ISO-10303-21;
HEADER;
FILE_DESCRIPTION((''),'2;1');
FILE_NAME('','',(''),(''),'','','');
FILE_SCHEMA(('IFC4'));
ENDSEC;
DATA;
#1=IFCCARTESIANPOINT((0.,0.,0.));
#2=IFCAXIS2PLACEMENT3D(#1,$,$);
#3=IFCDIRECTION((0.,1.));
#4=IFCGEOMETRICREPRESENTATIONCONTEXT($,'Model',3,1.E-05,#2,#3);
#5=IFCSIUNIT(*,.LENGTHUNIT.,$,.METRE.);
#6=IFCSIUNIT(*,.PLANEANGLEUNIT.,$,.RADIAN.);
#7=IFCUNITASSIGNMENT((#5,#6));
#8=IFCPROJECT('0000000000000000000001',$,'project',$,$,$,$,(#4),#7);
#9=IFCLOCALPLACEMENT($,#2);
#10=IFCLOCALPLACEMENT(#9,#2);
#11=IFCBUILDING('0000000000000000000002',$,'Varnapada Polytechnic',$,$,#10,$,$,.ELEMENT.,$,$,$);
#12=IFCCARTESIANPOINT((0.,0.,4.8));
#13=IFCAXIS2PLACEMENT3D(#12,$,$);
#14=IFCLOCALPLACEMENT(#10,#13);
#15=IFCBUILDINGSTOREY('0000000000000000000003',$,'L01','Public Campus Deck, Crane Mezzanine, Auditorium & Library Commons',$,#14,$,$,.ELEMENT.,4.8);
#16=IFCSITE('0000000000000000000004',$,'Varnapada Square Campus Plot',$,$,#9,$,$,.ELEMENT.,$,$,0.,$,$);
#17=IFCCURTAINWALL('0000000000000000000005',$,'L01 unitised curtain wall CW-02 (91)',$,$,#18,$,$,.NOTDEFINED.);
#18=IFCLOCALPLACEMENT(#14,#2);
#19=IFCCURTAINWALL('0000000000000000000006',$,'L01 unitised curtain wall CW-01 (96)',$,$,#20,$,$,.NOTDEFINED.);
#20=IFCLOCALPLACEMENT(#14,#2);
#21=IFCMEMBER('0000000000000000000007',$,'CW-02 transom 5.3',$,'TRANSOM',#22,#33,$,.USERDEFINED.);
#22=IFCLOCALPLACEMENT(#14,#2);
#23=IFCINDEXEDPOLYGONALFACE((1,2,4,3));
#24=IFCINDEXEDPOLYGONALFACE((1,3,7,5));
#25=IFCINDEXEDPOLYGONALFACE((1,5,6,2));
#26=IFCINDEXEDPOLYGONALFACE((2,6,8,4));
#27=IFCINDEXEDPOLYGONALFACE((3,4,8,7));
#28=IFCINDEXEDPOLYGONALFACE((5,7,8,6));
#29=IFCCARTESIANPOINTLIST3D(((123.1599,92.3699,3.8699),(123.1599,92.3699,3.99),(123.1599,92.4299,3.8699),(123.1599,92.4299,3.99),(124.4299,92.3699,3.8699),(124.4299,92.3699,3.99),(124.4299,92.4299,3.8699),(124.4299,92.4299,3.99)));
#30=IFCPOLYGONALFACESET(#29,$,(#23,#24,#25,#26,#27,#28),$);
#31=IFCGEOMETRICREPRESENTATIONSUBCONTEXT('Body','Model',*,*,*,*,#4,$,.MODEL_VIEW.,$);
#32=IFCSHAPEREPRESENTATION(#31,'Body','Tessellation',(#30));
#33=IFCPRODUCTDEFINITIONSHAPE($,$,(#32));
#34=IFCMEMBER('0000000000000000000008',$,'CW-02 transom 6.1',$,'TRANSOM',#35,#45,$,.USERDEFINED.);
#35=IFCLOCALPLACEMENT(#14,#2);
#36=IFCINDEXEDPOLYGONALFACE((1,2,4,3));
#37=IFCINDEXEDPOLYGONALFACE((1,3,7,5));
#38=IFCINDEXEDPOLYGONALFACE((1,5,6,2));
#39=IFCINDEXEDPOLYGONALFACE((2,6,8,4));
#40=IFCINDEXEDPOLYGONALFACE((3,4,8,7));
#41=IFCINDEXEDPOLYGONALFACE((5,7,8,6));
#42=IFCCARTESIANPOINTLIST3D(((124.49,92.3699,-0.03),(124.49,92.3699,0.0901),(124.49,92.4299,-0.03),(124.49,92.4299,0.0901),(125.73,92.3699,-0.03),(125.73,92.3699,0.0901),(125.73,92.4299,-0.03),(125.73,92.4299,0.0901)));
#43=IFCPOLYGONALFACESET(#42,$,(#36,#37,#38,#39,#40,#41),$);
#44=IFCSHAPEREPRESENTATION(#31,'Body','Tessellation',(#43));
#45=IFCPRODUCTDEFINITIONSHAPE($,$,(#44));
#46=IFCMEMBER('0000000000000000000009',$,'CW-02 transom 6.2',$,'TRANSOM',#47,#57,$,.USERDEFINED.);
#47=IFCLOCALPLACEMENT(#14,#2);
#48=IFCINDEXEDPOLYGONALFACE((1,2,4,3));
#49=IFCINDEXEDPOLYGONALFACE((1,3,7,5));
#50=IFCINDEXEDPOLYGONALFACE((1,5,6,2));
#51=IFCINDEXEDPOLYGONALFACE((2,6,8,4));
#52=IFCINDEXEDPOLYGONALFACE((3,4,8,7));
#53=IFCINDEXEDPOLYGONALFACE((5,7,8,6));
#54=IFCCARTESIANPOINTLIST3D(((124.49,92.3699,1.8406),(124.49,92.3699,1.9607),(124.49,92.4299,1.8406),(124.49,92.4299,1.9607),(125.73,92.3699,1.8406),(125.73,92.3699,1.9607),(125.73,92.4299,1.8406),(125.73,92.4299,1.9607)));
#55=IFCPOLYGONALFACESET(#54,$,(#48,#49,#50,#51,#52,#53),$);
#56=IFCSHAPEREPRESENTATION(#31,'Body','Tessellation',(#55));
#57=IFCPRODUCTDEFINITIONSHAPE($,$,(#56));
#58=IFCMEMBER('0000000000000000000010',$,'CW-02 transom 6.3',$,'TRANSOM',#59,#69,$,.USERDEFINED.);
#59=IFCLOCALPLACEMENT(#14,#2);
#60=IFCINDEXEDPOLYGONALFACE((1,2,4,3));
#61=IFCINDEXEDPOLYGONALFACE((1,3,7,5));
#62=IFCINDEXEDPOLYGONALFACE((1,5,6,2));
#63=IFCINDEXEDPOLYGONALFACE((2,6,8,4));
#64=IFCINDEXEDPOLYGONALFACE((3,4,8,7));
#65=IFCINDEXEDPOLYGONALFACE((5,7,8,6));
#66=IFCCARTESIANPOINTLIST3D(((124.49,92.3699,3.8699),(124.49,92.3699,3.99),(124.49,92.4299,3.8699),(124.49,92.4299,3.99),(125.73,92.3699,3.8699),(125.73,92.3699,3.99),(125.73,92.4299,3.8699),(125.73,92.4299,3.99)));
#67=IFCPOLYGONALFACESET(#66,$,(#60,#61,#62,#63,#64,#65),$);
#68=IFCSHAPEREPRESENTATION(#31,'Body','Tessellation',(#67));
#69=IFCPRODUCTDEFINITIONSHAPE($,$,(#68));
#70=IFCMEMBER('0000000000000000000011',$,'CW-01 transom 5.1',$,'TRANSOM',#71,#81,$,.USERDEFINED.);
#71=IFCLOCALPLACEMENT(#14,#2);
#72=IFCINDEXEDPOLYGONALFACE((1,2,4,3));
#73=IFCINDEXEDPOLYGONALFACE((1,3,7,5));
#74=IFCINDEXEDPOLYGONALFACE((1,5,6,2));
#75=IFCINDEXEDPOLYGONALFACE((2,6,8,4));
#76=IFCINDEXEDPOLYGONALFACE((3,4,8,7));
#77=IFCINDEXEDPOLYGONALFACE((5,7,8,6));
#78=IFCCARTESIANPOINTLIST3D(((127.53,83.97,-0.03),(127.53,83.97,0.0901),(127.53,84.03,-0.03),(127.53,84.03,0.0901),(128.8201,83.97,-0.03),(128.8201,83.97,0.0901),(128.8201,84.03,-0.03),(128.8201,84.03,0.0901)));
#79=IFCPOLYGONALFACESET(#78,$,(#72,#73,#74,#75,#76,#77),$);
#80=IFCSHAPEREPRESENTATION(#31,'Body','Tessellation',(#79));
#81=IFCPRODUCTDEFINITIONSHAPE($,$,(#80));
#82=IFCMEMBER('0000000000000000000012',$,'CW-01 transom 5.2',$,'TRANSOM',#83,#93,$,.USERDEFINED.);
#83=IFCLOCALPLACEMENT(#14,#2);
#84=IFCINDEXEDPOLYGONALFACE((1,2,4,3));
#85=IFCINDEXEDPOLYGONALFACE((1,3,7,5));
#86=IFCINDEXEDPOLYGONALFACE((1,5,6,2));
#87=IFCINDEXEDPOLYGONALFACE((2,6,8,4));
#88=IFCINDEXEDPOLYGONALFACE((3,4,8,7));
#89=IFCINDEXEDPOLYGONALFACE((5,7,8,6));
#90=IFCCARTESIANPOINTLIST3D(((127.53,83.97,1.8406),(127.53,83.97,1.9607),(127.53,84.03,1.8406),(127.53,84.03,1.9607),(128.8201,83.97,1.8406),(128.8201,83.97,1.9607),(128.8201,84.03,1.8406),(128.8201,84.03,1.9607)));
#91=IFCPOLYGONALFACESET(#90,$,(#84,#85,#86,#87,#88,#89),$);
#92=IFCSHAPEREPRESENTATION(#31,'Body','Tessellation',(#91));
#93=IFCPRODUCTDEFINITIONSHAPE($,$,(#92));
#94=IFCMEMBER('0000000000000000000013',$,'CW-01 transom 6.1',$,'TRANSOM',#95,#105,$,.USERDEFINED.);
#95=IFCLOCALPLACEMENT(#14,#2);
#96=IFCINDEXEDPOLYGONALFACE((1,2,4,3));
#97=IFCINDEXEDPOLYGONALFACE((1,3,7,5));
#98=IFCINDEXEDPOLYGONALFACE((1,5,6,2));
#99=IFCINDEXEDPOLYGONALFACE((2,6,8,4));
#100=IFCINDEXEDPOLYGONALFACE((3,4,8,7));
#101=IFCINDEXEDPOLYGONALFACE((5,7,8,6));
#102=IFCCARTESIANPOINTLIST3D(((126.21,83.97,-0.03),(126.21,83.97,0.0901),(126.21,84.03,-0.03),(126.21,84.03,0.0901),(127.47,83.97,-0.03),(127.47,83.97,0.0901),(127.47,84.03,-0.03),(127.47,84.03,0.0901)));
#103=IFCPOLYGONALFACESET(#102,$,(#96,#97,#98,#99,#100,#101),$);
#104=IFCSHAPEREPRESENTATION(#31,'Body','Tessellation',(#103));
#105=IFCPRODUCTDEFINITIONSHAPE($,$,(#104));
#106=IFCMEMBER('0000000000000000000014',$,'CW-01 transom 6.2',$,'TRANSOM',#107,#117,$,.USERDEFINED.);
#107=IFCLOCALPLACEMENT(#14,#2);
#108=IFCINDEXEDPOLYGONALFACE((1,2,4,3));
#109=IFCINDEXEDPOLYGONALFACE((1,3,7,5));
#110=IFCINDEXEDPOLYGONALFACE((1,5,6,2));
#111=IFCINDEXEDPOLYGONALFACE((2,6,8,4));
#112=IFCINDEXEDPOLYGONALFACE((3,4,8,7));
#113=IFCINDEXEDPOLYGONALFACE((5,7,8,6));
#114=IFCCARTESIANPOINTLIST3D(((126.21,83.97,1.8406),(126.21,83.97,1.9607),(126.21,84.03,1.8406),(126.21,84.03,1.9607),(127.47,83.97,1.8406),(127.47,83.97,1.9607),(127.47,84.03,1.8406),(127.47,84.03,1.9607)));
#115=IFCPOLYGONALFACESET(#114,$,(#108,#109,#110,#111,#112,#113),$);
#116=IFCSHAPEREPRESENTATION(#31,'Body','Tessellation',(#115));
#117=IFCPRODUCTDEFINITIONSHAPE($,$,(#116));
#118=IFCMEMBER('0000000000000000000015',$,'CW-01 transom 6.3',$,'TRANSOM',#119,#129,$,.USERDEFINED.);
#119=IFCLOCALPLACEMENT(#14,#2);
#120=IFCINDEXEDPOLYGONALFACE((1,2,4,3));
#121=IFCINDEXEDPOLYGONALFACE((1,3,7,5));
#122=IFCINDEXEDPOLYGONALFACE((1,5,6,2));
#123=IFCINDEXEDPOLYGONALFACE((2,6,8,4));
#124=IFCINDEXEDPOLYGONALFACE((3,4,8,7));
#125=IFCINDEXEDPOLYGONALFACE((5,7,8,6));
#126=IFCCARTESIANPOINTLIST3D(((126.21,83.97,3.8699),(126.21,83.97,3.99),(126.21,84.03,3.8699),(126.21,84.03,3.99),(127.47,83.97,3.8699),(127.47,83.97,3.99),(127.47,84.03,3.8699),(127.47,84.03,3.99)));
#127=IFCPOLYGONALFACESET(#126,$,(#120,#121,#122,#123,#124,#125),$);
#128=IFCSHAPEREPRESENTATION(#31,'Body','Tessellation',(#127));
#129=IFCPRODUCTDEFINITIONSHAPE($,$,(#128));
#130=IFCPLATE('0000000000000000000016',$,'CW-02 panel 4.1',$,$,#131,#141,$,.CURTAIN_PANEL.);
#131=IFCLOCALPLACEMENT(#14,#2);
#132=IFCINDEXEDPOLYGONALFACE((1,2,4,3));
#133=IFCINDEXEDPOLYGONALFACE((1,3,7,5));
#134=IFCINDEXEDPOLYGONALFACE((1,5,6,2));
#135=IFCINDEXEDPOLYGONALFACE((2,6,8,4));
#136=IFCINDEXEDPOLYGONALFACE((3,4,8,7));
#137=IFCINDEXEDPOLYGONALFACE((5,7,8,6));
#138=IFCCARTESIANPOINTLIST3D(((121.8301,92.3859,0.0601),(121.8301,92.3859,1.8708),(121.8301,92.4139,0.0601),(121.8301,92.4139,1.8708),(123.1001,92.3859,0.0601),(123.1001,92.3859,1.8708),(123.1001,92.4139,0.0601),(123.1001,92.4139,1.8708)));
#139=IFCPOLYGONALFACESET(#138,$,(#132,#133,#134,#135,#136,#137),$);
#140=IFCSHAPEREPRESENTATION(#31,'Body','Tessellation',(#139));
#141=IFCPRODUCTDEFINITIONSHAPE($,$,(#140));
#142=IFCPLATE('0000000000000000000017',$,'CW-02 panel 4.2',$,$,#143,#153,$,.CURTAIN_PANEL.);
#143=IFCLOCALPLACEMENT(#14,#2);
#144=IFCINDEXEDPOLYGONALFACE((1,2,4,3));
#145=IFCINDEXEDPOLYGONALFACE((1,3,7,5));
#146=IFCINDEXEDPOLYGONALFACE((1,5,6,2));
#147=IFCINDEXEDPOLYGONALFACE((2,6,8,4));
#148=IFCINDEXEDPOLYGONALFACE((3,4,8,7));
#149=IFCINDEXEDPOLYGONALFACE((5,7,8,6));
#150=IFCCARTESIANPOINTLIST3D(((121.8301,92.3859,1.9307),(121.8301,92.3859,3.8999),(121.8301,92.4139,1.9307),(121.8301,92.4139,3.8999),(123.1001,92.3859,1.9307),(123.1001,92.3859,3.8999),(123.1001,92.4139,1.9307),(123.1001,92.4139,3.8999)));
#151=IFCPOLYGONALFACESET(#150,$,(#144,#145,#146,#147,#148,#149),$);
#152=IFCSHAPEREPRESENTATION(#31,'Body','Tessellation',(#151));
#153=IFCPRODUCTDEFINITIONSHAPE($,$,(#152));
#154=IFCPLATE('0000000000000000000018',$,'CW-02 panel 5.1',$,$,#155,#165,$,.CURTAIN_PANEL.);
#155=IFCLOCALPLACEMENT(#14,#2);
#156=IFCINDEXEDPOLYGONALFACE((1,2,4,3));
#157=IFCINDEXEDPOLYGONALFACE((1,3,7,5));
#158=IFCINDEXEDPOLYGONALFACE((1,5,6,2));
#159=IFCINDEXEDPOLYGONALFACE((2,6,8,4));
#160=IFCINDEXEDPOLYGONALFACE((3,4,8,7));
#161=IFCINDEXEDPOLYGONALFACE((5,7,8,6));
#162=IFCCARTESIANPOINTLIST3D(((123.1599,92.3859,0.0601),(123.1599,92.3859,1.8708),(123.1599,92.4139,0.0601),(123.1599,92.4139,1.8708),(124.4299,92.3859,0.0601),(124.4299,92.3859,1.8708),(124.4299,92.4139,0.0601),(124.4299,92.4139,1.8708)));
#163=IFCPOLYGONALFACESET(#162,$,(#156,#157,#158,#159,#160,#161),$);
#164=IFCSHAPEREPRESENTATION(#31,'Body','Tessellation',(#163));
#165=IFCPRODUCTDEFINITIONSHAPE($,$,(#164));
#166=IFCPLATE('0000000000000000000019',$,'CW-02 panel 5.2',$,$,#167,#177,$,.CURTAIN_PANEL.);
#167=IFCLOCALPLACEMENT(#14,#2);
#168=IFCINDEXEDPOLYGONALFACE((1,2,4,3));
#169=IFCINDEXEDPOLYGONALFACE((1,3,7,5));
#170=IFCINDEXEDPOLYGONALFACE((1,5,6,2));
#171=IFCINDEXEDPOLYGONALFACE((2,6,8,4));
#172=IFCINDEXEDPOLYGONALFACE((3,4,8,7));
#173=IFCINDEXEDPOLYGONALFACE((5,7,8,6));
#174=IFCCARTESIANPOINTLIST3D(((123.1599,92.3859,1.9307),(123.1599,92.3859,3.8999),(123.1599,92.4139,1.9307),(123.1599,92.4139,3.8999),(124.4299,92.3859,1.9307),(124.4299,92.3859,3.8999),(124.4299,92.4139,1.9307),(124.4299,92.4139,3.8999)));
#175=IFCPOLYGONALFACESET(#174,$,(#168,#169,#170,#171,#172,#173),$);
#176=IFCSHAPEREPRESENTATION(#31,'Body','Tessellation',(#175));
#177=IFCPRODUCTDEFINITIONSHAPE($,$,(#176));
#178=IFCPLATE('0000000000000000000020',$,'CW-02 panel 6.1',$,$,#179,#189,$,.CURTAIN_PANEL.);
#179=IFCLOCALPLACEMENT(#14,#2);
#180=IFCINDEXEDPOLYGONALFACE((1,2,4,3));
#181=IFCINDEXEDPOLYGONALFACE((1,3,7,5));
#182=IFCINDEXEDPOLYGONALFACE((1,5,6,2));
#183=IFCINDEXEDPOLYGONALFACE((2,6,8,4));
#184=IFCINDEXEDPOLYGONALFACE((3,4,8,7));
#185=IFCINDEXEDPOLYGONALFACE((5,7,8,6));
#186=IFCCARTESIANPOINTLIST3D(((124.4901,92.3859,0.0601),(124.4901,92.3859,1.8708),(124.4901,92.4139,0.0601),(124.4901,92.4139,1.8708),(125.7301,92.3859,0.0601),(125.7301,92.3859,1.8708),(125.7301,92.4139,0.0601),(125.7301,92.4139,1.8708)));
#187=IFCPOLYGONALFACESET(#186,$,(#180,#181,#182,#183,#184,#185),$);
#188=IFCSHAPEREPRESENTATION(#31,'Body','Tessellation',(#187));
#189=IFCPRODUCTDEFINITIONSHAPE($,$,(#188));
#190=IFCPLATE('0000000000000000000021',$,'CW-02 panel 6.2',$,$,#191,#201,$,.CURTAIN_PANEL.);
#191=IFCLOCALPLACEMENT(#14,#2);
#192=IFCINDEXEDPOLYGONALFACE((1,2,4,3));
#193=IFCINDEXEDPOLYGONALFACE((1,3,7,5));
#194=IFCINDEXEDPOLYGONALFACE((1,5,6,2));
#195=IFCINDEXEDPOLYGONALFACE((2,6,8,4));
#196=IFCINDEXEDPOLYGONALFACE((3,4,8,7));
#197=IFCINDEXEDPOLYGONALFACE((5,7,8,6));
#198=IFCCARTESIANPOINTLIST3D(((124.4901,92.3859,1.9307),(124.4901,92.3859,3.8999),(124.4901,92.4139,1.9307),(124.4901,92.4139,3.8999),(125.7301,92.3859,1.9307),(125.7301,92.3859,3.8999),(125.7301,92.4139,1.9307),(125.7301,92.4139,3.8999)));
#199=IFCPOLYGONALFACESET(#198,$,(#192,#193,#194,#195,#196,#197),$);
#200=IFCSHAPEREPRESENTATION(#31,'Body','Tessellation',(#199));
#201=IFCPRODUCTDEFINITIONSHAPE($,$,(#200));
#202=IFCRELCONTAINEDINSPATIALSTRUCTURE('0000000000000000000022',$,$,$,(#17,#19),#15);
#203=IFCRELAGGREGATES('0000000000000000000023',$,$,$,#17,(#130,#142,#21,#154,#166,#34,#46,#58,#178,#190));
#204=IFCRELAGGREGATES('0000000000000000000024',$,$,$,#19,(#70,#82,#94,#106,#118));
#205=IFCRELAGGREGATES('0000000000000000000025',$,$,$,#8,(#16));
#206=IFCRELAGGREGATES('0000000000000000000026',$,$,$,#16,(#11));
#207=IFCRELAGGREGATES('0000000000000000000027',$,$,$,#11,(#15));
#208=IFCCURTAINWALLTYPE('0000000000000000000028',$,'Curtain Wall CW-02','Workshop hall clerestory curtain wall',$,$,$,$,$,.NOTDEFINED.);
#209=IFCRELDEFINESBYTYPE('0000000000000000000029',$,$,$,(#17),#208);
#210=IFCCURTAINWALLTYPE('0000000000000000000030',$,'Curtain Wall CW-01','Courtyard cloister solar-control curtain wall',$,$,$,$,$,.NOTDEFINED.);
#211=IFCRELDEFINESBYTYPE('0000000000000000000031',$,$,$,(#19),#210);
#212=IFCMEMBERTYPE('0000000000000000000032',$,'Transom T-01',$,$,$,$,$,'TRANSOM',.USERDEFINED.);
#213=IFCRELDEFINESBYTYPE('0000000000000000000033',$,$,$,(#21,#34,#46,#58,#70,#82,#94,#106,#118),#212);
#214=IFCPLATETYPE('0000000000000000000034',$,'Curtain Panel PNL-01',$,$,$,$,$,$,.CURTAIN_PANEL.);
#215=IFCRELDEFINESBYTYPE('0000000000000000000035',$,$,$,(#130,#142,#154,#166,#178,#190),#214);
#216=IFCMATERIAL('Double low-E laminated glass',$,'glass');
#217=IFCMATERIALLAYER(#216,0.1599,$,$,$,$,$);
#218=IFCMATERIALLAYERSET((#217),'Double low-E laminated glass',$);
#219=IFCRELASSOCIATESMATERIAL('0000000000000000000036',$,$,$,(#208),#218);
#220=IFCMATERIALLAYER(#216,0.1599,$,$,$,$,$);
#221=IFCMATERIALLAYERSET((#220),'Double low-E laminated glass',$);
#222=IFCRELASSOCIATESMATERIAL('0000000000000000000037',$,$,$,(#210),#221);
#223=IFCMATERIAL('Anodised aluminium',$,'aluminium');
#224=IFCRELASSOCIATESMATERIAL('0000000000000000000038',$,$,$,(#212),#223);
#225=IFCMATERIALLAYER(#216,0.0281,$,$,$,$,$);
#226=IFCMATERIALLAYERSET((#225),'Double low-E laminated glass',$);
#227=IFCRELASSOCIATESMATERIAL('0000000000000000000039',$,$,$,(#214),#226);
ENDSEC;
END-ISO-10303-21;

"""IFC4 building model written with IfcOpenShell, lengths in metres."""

from ifc_helpers import new_model, si_unit, direction, frame, origin, origin_2d, place, context, subcontext, project, spatial, rectangle, extrude, material, layer, layer_set, material_profile, profile_set, type_object, element, aggregate, save


model = new_model("IFC4")

# Units and contexts
model_context = context("Model", 3, precision=1e-05, world=origin(), true_north=direction((0.0, 1.0)))
body_context = subcontext(model_context, "Body", "Model", "MODEL_VIEW")
ifc_project = project(units=[si_unit("LENGTHUNIT", "METRE"), si_unit("PLANEANGLEUNIT", "RADIAN")], contexts=[model_context])

# Site, building, storey
site_placement = place(None, origin())
site = spatial("IfcSite", under=ifc_project, at=site_placement, Name="Varnapada Square Campus Plot", CompositionType="ELEMENT", RefElevation=0.0)
building_placement = place(site_placement, origin())
building = spatial("IfcBuilding", under=site, at=building_placement, Name="Varnapada Polytechnic", CompositionType="ELEMENT")
storey_placement = place(building_placement, frame((0.0, 0.0, 4.8)))
storey = spatial("IfcBuildingStorey", under=building, at=storey_placement, Name="L01", Description="Public Campus Deck, Crane Mezzanine, Auditorium & Library Commons", CompositionType="ELEMENT", Elevation=4.8)

# Curtain wall
ifc_material_1 = material(Name="Double low-E laminated glass", Category="glass")
ifc_layer_1 = layer(ifc_material_1, 0.1599)
ifc_layer_set_1 = layer_set([ifc_layer_1], Name="Double low-E laminated glass")
curtain_wall_type_1 = type_object("IfcCurtainWallType", Name="Curtain Wall CW-02", Description="Workshop hall clerestory curtain wall", PredefinedType="NOTDEFINED", material=ifc_layer_set_1)
curtain_wall_1_placement = place(storey_placement, origin())
curtain_wall_1 = element("IfcCurtainWall", 1, at=curtain_wall_1_placement, inside=storey, type_object=curtain_wall_type_1, Name="L01 unitised curtain wall CW-02 (91)", PredefinedType="NOTDEFINED")
ifc_material_2 = material(Name="Anodised aluminium", Category="aluminium")

# Curtain wall
ifc_layer_2 = layer(ifc_material_1, 0.1599)
ifc_layer_set_2 = layer_set([ifc_layer_2], Name="Double low-E laminated glass")
curtain_wall_type_2 = type_object("IfcCurtainWallType", Name="Curtain Wall CW-01", Description="Courtyard cloister solar-control curtain wall", PredefinedType="NOTDEFINED", material=ifc_layer_set_2)
curtain_wall_2_placement = place(storey_placement, origin())
curtain_wall_2 = element("IfcCurtainWall", 2, at=curtain_wall_2_placement, inside=storey, type_object=curtain_wall_type_2, Name="L01 unitised curtain wall CW-01 (96)", PredefinedType="NOTDEFINED")

# Members
ifc_material_profile_1 = material_profile(ifc_material_2, rectangle(XDim=0.0601, YDim=0.1201, at=origin_2d()), Name="ALU T60x120")
ifc_profile_set_1 = profile_set([ifc_material_profile_1], Name="Anodised aluminium")
member_type_1 = type_object("IfcMemberType", Name="Transom T-01", ElementType="TRANSOM", PredefinedType="USERDEFINED", material=ifc_profile_set_1)
member_1_placement = place(storey_placement, frame((123.1599, 92.3999, 3.9299), z_axis=(1.0, 0.0, 0.0), x_axis=(0.0, 1.0, 0.0)))
member_1 = element("IfcMember", 3, at=member_1_placement, type_object=member_type_1, Name="CW-02 transom 5.3", ObjectType="TRANSOM", PredefinedType="USERDEFINED", context=body_context, shape_type="SweptSolid", body=[
    extrude(rectangle(XDim=0.0601, YDim=0.1201, at=origin_2d()), origin(), (0.0, 0.0, 1.0), 1.27),
])
member_2_placement = place(storey_placement, frame((124.49, 92.3999, 0.03), z_axis=(1.0, 0.0, 0.0), x_axis=(0.0, 1.0, 0.0)))
member_2 = element("IfcMember", 4, at=member_2_placement, type_object=member_type_1, Name="CW-02 transom 6.1", ObjectType="TRANSOM", PredefinedType="USERDEFINED", context=body_context, shape_type="SweptSolid", body=[
    extrude(rectangle(XDim=0.0601, YDim=0.1201, at=origin_2d()), origin(), (0.0, 0.0, 1.0), 1.24),
])
member_3_placement = place(storey_placement, frame((124.49, 92.3999, 1.9006), z_axis=(1.0, 0.0, 0.0), x_axis=(0.0, 1.0, 0.0)))
member_3 = element("IfcMember", 5, at=member_3_placement, type_object=member_type_1, Name="CW-02 transom 6.2", ObjectType="TRANSOM", PredefinedType="USERDEFINED", context=body_context, shape_type="SweptSolid", body=[
    extrude(rectangle(XDim=0.0601, YDim=0.1201, at=origin_2d()), origin(), (0.0, 0.0, 1.0), 1.24),
])
member_4_placement = place(storey_placement, frame((124.49, 92.3999, 3.9299), z_axis=(1.0, 0.0, 0.0), x_axis=(0.0, 1.0, 0.0)))
member_4 = element("IfcMember", 6, at=member_4_placement, type_object=member_type_1, Name="CW-02 transom 6.3", ObjectType="TRANSOM", PredefinedType="USERDEFINED", context=body_context, shape_type="SweptSolid", body=[
    extrude(rectangle(XDim=0.0601, YDim=0.1201, at=origin_2d()), origin(), (0.0, 0.0, 1.0), 1.24),
])
member_5_placement = place(storey_placement, frame((128.8201, 84.0, 0.03), z_axis=(-1.0, 0.0, 0.0), x_axis=(0.0, -1.0, 0.0)))
member_5 = element("IfcMember", 7, at=member_5_placement, type_object=member_type_1, Name="CW-01 transom 5.1", ObjectType="TRANSOM", PredefinedType="USERDEFINED", context=body_context, shape_type="SweptSolid", body=[
    extrude(rectangle(XDim=0.0601, YDim=0.1201, at=origin_2d()), origin(), (0.0, 0.0, 1.0), 1.29),
])
member_6_placement = place(storey_placement, frame((128.8201, 84.0, 1.9006), z_axis=(-1.0, 0.0, 0.0), x_axis=(0.0, -1.0, 0.0)))
member_6 = element("IfcMember", 8, at=member_6_placement, type_object=member_type_1, Name="CW-01 transom 5.2", ObjectType="TRANSOM", PredefinedType="USERDEFINED", context=body_context, shape_type="SweptSolid", body=[
    extrude(rectangle(XDim=0.0601, YDim=0.1201, at=origin_2d()), origin(), (0.0, 0.0, 1.0), 1.29),
])
member_7_placement = place(storey_placement, frame((127.47, 84.0, 0.03), z_axis=(-1.0, 0.0, 0.0), x_axis=(0.0, -1.0, 0.0)))
member_7 = element("IfcMember", 9, at=member_7_placement, type_object=member_type_1, Name="CW-01 transom 6.1", ObjectType="TRANSOM", PredefinedType="USERDEFINED", context=body_context, shape_type="SweptSolid", body=[
    extrude(rectangle(XDim=0.0601, YDim=0.1201, at=origin_2d()), origin(), (0.0, 0.0, 1.0), 1.26),
])
member_8_placement = place(storey_placement, frame((127.47, 84.0, 1.9006), z_axis=(-1.0, 0.0, 0.0), x_axis=(0.0, -1.0, 0.0)))
member_8 = element("IfcMember", 10, at=member_8_placement, type_object=member_type_1, Name="CW-01 transom 6.2", ObjectType="TRANSOM", PredefinedType="USERDEFINED", context=body_context, shape_type="SweptSolid", body=[
    extrude(rectangle(XDim=0.0601, YDim=0.1201, at=origin_2d()), origin(), (0.0, 0.0, 1.0), 1.26),
])
member_9_placement = place(storey_placement, frame((127.47, 84.0, 3.9299), z_axis=(-1.0, 0.0, 0.0), x_axis=(0.0, -1.0, 0.0)))
member_9 = element("IfcMember", 11, at=member_9_placement, type_object=member_type_1, Name="CW-01 transom 6.3", ObjectType="TRANSOM", PredefinedType="USERDEFINED", context=body_context, shape_type="SweptSolid", body=[
    extrude(rectangle(XDim=0.0601, YDim=0.1201, at=origin_2d()), origin(), (0.0, 0.0, 1.0), 1.26),
])

# Plates
ifc_layer_3 = layer(ifc_material_1, 0.0281)
ifc_layer_set_3 = layer_set([ifc_layer_3], Name="Double low-E laminated glass")
plate_type_1 = type_object("IfcPlateType", Name="Curtain Panel PNL-01", PredefinedType="CURTAIN_PANEL", material=ifc_layer_set_3)
plate_1_placement = place(storey_placement, frame((122.4651, 92.3999, 0.0601), z_axis=(0.0, 0.0, 1.0), x_axis=(1.0, 0.0, 0.0)))
plate_1 = element("IfcPlate", 12, at=plate_1_placement, type_object=plate_type_1, Name="CW-02 panel 4.1", PredefinedType="CURTAIN_PANEL", context=body_context, shape_type="SweptSolid", body=[
    extrude(rectangle(XDim=1.27, YDim=0.0281, at=origin_2d()), origin(), (0.0, 0.0, 1.0), 1.8108),
])
plate_2_placement = place(storey_placement, frame((122.4651, 92.3999, 1.9307), z_axis=(0.0, 0.0, 1.0), x_axis=(1.0, 0.0, 0.0)))
plate_2 = element("IfcPlate", 13, at=plate_2_placement, type_object=plate_type_1, Name="CW-02 panel 4.2", PredefinedType="CURTAIN_PANEL", context=body_context, shape_type="SweptSolid", body=[
    extrude(rectangle(XDim=1.27, YDim=0.0281, at=origin_2d()), origin(), (0.0, 0.0, 1.0), 1.9692),
])
plate_3_placement = place(storey_placement, frame((123.7949, 92.3999, 0.0601), z_axis=(0.0, 0.0, 1.0), x_axis=(1.0, 0.0, 0.0)))
plate_3 = element("IfcPlate", 14, at=plate_3_placement, type_object=plate_type_1, Name="CW-02 panel 5.1", PredefinedType="CURTAIN_PANEL", context=body_context, shape_type="SweptSolid", body=[
    extrude(rectangle(XDim=1.27, YDim=0.0281, at=origin_2d()), origin(), (0.0, 0.0, 1.0), 1.8108),
])
plate_4_placement = place(storey_placement, frame((123.7949, 92.3999, 1.9307), z_axis=(0.0, 0.0, 1.0), x_axis=(1.0, 0.0, 0.0)))
plate_4 = element("IfcPlate", 15, at=plate_4_placement, type_object=plate_type_1, Name="CW-02 panel 5.2", PredefinedType="CURTAIN_PANEL", context=body_context, shape_type="SweptSolid", body=[
    extrude(rectangle(XDim=1.27, YDim=0.0281, at=origin_2d()), origin(), (0.0, 0.0, 1.0), 1.9692),
])
plate_5_placement = place(storey_placement, frame((125.1101, 92.3999, 0.0601), z_axis=(0.0, 0.0, 1.0), x_axis=(1.0, 0.0, 0.0)))
plate_5 = element("IfcPlate", 16, at=plate_5_placement, type_object=plate_type_1, Name="CW-02 panel 6.1", PredefinedType="CURTAIN_PANEL", context=body_context, shape_type="SweptSolid", body=[
    extrude(rectangle(XDim=1.24, YDim=0.0281, at=origin_2d()), origin(), (0.0, 0.0, 1.0), 1.8108),
])
plate_6_placement = place(storey_placement, frame((125.1101, 92.3999, 1.9307), z_axis=(0.0, 0.0, 1.0), x_axis=(1.0, 0.0, 0.0)))
plate_6 = element("IfcPlate", 17, at=plate_6_placement, type_object=plate_type_1, Name="CW-02 panel 6.2", PredefinedType="CURTAIN_PANEL", context=body_context, shape_type="SweptSolid", body=[
    extrude(rectangle(XDim=1.24, YDim=0.0281, at=origin_2d()), origin(), (0.0, 0.0, 1.0), 1.9692),
])
aggregate(curtain_wall_1, [plate_1, plate_2, member_1, plate_3, plate_4, member_2, member_3, member_4, plate_5, plate_6])
aggregate(curtain_wall_2, [member_5, member_6, member_7, member_8, member_9])

save(model, "model.ifc")
